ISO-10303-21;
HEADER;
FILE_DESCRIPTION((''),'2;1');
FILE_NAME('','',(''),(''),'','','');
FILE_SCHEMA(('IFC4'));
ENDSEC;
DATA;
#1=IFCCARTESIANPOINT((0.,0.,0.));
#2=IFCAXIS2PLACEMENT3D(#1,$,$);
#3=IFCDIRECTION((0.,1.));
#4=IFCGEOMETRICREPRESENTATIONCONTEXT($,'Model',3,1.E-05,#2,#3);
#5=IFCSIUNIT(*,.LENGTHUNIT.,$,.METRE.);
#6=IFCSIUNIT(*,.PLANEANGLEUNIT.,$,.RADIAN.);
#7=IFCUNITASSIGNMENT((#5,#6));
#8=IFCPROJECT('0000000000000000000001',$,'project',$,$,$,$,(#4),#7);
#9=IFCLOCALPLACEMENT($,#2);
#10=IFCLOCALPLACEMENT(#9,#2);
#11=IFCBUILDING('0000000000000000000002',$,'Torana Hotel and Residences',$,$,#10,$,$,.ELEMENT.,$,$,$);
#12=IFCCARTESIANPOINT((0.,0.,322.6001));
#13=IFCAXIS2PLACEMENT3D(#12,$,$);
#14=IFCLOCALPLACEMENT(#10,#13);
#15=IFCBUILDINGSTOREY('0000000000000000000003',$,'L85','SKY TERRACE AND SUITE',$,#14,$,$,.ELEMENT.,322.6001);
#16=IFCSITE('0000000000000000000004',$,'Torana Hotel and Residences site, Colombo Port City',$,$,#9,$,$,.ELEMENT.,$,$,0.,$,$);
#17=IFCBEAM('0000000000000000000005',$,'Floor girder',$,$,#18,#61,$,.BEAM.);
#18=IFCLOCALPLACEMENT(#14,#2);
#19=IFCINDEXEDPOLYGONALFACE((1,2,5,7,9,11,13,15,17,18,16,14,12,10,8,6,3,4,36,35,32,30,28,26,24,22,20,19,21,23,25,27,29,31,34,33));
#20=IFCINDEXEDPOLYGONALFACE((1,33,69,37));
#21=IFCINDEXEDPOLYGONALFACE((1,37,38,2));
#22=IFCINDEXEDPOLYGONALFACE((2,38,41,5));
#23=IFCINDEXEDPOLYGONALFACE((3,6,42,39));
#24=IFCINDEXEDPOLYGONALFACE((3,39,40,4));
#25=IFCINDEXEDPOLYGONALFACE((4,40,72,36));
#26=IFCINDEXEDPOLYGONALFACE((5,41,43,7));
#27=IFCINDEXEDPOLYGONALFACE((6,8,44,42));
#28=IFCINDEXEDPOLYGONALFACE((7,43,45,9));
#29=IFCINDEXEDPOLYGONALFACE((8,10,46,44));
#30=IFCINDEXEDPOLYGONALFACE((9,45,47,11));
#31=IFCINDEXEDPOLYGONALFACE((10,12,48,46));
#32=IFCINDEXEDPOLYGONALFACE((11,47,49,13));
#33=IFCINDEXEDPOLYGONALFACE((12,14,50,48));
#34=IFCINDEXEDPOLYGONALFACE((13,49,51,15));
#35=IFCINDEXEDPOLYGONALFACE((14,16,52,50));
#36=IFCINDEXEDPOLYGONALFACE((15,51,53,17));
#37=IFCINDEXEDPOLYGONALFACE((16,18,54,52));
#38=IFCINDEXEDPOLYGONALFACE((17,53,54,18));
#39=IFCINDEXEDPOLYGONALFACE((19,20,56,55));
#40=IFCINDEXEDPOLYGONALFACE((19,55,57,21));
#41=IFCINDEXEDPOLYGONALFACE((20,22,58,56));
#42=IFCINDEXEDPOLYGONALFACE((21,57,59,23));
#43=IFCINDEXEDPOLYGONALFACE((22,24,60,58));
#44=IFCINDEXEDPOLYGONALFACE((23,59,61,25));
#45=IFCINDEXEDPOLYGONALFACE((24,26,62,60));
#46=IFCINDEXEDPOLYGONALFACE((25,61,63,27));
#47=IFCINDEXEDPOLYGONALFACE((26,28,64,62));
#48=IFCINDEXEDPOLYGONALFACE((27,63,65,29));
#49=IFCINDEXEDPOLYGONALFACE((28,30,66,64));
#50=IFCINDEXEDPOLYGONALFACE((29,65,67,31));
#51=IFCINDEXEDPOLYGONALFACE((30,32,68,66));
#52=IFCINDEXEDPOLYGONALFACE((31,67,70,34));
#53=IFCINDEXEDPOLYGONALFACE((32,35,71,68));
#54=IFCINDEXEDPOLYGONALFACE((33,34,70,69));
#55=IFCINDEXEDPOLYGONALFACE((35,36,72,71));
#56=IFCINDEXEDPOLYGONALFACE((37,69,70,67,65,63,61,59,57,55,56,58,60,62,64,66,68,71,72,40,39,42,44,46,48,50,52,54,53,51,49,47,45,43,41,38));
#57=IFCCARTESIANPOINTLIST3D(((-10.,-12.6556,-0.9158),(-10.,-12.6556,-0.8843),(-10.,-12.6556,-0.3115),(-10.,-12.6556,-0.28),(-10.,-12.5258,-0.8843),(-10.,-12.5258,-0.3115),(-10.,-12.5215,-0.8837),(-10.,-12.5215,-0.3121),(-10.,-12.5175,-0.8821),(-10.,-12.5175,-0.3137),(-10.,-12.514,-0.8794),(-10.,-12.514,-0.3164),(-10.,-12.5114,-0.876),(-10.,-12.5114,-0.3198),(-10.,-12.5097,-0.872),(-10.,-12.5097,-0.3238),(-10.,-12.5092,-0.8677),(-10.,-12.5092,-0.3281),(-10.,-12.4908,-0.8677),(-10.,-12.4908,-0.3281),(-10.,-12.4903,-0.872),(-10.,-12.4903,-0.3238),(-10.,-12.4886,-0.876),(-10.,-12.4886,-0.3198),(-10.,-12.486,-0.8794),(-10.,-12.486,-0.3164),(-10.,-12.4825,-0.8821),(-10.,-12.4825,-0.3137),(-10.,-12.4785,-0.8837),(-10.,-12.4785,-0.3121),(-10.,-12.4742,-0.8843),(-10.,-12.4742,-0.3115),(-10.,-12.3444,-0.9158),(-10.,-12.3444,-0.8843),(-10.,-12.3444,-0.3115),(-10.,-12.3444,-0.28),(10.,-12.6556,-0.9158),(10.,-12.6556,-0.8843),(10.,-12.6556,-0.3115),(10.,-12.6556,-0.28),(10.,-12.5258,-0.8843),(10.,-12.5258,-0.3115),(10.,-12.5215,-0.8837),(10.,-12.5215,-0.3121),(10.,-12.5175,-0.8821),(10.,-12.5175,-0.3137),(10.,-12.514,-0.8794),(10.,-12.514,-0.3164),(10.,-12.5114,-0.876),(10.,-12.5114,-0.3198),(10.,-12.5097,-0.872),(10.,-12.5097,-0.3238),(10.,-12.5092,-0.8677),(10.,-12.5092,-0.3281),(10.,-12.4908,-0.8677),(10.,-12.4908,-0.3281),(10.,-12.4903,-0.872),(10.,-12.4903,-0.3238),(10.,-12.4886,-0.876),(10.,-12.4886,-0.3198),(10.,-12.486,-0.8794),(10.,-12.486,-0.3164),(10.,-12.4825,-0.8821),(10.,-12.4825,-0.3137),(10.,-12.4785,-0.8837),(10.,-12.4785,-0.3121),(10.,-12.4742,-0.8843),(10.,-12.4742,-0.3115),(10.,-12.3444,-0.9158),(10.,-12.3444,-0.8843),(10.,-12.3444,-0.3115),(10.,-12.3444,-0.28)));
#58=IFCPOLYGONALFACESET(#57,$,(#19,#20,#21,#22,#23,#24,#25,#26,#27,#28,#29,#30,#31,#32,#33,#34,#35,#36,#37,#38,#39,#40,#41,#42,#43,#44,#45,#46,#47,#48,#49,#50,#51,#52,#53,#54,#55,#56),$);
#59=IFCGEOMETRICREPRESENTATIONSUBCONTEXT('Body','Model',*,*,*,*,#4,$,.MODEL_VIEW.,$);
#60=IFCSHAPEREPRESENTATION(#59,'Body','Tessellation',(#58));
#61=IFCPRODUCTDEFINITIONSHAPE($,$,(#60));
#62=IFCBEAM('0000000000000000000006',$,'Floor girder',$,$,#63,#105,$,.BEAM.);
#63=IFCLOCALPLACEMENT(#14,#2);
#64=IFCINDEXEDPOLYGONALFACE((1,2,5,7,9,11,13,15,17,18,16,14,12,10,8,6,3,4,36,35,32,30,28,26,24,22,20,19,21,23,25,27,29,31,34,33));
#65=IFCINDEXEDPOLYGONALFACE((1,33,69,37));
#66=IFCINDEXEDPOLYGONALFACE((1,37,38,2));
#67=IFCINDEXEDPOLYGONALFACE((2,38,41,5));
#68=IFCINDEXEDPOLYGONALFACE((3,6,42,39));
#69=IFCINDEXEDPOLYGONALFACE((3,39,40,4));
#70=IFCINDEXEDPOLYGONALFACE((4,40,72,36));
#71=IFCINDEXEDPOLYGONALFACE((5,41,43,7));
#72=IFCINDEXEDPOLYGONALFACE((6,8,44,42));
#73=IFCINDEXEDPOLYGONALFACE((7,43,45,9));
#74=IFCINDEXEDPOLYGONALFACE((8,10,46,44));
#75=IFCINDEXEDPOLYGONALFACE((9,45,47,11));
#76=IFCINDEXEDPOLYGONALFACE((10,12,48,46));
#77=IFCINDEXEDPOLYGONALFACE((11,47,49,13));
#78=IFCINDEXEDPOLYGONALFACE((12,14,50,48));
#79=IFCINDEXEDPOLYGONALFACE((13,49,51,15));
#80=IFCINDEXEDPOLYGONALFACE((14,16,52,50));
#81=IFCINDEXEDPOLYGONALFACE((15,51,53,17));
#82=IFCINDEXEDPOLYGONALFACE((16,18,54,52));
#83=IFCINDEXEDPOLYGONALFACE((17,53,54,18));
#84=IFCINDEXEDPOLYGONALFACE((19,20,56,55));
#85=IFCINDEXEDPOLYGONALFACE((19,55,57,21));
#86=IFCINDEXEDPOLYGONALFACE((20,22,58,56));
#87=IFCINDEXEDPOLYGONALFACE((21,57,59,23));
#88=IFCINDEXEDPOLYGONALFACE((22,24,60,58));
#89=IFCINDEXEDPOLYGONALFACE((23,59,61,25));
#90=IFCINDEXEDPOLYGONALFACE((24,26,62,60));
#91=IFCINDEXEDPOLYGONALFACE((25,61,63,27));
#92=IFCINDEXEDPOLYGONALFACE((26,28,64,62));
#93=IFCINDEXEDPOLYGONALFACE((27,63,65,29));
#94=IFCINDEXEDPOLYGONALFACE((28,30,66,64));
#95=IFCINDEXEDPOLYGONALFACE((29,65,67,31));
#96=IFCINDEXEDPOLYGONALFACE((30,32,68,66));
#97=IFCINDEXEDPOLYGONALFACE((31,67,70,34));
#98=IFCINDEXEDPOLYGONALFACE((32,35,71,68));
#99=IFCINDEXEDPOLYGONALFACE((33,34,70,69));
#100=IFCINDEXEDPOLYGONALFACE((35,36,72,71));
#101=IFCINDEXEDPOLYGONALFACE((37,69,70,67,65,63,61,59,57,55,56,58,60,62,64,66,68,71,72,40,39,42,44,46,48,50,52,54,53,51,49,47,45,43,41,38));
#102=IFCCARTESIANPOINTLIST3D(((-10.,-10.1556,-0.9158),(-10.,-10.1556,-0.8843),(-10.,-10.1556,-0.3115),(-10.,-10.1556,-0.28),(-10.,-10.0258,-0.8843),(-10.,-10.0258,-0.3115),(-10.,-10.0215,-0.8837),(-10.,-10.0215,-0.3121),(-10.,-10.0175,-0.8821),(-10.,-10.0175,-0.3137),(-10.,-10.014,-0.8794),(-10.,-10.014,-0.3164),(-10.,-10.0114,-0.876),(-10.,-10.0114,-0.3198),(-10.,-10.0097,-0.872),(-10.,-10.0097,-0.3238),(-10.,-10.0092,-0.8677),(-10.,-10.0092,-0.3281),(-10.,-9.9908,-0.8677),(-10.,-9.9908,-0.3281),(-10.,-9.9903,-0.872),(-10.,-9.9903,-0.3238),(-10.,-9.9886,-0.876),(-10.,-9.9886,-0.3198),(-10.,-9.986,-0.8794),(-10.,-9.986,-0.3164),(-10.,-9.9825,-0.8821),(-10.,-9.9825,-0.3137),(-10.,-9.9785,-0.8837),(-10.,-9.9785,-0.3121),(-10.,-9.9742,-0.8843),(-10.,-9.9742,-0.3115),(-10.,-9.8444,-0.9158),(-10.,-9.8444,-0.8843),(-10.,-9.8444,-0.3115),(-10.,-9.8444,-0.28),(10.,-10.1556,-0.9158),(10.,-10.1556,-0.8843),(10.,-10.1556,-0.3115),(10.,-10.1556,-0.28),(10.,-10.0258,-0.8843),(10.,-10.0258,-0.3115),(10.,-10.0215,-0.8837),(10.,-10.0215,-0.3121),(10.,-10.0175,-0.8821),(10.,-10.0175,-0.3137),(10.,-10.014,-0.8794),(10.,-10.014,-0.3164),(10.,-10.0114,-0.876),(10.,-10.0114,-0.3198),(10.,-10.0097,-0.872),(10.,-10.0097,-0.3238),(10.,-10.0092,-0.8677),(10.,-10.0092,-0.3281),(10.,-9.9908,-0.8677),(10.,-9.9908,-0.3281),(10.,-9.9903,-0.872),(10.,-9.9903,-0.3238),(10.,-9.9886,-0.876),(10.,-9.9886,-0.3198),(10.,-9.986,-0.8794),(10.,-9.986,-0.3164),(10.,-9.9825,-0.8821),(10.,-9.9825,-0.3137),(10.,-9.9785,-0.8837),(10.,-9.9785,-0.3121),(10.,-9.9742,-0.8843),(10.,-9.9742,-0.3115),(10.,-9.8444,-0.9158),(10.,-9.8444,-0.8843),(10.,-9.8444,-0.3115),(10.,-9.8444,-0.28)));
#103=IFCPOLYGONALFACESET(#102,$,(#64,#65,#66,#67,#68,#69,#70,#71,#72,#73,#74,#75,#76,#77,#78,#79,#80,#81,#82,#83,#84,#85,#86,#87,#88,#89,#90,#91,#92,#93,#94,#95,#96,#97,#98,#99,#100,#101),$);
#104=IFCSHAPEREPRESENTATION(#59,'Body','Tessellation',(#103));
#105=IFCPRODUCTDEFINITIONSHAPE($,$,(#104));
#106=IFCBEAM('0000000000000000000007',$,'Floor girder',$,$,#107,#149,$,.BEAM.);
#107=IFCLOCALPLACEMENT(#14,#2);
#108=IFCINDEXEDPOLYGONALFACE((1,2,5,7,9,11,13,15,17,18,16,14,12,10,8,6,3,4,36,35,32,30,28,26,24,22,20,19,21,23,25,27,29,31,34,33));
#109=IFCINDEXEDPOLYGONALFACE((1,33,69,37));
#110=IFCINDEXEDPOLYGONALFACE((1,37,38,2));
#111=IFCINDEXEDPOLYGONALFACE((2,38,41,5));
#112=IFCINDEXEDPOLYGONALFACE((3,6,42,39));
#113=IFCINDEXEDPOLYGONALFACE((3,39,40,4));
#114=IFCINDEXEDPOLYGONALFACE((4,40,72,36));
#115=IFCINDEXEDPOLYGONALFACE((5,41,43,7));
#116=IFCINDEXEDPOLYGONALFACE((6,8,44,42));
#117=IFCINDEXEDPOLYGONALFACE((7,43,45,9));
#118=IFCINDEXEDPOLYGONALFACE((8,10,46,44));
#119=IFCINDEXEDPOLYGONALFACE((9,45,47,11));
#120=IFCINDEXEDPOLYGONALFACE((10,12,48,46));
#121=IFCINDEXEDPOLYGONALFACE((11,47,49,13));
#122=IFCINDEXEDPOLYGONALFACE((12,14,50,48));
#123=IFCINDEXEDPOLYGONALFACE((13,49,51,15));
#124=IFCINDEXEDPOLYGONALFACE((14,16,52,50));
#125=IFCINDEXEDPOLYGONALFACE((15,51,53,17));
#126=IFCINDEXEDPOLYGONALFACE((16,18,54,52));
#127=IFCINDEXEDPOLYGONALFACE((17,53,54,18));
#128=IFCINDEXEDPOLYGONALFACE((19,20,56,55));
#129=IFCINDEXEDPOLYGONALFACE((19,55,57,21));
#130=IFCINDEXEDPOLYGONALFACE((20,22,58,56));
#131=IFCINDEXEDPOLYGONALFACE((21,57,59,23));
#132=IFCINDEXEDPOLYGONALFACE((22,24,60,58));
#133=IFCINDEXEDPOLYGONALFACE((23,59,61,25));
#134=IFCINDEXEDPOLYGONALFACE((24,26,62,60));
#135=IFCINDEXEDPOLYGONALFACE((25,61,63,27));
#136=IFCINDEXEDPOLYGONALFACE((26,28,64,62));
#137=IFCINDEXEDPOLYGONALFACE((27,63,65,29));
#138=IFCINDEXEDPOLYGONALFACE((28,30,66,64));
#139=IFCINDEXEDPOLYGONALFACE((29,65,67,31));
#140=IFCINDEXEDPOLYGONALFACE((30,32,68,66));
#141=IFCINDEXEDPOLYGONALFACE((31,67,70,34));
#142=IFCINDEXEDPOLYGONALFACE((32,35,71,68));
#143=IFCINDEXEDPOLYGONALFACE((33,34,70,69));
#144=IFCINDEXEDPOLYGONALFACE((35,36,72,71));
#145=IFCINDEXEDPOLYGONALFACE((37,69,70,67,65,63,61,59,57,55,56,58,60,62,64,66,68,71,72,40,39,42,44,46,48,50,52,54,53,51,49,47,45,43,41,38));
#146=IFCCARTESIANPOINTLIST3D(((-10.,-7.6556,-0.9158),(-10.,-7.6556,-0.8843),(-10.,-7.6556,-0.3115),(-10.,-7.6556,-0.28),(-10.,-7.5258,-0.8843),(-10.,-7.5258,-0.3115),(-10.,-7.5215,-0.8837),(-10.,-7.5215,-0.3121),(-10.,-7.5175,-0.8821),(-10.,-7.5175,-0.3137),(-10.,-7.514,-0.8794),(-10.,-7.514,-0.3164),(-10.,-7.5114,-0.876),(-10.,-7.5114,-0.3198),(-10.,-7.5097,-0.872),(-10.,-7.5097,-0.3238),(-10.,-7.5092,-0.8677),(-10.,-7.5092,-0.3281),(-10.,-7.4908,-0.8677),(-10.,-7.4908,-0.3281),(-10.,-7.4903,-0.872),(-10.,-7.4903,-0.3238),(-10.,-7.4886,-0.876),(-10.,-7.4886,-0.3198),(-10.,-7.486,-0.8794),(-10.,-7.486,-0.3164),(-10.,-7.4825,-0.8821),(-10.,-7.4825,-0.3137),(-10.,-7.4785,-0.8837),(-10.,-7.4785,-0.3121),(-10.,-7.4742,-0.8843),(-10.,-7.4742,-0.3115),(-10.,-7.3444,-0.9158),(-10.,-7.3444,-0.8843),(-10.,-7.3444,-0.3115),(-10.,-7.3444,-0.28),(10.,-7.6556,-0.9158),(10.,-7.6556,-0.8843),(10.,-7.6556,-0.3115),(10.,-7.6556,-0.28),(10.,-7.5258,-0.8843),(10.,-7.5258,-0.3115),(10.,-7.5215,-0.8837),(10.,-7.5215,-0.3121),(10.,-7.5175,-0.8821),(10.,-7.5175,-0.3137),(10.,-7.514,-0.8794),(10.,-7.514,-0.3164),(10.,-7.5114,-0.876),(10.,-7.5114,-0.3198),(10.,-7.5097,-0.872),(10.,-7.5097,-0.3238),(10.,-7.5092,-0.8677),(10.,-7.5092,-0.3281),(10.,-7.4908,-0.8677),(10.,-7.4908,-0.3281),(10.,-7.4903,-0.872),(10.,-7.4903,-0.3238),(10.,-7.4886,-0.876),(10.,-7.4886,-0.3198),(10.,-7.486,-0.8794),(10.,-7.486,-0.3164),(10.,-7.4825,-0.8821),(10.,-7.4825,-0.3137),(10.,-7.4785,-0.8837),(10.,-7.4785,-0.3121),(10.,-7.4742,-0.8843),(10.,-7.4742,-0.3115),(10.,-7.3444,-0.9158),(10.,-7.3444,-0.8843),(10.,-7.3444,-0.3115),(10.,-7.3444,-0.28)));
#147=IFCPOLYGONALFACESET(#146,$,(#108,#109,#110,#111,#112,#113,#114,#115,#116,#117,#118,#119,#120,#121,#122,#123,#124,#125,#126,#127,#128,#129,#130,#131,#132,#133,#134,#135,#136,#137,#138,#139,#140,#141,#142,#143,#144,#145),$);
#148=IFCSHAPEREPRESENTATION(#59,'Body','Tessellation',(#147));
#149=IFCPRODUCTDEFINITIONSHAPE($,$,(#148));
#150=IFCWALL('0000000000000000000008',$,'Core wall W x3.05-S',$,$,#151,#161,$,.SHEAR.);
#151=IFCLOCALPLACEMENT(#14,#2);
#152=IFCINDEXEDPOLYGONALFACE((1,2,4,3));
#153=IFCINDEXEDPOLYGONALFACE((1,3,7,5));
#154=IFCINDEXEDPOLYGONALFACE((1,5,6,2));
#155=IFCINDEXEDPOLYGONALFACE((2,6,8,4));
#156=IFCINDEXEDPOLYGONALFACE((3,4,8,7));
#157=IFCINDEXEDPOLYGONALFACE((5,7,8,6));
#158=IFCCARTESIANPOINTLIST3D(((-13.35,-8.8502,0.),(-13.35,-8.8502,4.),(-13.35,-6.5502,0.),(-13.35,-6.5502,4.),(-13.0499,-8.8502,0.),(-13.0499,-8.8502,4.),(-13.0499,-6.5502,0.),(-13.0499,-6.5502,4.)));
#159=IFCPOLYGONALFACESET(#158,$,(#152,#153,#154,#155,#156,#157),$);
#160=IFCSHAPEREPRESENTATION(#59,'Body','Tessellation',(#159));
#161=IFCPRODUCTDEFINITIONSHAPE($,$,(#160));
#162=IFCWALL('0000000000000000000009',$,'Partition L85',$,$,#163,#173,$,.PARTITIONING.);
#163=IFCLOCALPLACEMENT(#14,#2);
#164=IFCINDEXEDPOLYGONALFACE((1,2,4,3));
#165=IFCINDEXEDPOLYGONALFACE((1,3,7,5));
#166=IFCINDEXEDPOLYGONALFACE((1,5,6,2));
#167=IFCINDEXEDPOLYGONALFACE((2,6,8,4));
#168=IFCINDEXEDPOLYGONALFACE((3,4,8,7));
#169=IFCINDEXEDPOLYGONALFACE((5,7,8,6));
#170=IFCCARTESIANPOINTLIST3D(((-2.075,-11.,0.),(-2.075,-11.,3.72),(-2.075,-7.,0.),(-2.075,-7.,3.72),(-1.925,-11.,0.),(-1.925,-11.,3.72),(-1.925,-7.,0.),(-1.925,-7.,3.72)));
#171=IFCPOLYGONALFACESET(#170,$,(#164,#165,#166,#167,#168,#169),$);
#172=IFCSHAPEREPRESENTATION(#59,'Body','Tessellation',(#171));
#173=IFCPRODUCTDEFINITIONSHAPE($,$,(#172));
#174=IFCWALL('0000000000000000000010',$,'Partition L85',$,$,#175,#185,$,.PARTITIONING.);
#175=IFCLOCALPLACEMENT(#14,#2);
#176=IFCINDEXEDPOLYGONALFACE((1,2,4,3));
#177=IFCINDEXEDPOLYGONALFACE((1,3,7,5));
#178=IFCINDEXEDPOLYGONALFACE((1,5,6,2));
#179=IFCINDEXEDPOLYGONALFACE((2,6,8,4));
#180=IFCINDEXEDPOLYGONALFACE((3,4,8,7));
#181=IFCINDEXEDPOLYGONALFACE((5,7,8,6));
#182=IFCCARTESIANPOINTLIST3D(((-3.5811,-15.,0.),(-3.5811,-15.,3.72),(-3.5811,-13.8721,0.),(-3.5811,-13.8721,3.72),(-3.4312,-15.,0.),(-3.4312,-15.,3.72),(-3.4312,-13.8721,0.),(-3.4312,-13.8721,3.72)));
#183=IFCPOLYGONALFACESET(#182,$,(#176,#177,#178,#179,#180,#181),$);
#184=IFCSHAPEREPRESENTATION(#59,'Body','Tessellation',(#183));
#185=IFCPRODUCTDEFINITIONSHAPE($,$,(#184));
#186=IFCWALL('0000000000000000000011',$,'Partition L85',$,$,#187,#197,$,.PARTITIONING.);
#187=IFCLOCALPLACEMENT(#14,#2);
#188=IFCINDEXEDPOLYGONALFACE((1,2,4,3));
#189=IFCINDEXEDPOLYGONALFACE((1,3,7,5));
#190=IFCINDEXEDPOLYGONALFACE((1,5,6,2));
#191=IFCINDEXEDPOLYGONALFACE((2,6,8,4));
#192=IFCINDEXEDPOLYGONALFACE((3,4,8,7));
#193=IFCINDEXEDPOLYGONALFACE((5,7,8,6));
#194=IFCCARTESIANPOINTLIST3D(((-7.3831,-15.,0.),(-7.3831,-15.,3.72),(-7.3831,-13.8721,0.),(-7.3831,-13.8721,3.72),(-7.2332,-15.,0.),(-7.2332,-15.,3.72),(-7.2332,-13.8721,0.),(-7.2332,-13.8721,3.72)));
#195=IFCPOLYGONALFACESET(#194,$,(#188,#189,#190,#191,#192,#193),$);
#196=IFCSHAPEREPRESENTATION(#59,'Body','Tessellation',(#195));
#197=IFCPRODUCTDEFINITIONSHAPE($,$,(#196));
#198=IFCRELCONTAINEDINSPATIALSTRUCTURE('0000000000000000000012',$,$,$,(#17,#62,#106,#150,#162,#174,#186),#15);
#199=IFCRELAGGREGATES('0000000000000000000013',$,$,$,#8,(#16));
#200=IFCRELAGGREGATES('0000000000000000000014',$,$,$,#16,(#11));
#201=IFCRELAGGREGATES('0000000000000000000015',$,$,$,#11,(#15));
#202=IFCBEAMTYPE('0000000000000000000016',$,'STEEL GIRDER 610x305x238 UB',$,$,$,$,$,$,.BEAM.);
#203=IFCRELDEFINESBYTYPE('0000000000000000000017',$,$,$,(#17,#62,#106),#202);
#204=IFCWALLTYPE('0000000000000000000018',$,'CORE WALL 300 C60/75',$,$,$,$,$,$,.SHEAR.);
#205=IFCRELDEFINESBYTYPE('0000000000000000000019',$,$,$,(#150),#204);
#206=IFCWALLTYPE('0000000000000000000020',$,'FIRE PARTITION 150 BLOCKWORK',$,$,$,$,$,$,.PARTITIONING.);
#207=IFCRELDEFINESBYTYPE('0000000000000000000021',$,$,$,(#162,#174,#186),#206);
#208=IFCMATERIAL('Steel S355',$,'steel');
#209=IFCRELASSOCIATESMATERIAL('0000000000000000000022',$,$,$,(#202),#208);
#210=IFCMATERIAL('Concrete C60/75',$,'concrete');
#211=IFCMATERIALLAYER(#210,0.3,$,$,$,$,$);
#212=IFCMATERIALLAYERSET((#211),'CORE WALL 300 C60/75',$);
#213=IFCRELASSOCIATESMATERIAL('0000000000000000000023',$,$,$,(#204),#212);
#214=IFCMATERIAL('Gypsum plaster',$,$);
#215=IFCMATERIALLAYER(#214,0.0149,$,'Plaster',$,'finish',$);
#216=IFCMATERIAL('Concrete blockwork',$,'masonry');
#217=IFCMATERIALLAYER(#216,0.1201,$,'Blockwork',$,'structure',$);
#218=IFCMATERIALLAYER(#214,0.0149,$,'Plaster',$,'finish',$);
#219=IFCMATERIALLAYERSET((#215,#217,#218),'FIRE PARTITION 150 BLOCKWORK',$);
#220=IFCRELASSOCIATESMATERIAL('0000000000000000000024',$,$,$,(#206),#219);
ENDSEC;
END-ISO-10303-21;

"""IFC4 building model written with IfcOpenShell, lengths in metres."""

from ifc_helpers import new_model, si_unit, direction, frame, frame_2d, origin, origin_2d, place, context, subcontext, project, spatial, rectangle, i_section, extrude, material, layer, layer_set, material_profile, profile_set, type_object, element, save


model = new_model("IFC4")

# Units and contexts
model_context = context("Model", 3, precision=1e-05, world=origin(), true_north=direction((0.0, 1.0)))
body_context = subcontext(model_context, "Body", "Model", "MODEL_VIEW")
ifc_project = project(units=[si_unit("LENGTHUNIT", "METRE"), si_unit("PLANEANGLEUNIT", "RADIAN")], contexts=[model_context])

# Site, building, storey
site_placement = place(None, origin())
site = spatial("IfcSite", under=ifc_project, at=site_placement, Name="Torana Hotel and Residences site, Colombo Port City", CompositionType="ELEMENT", RefElevation=0.0)
building_placement = place(site_placement, origin())
building = spatial("IfcBuilding", under=site, at=building_placement, Name="Torana Hotel and Residences", CompositionType="ELEMENT")
storey_placement = place(building_placement, frame((0.0, 0.0, 322.6001)))
storey = spatial("IfcBuildingStorey", under=building, at=storey_placement, Name="L85", Description="SKY TERRACE AND SUITE", CompositionType="ELEMENT", Elevation=322.6001)

# Beams
ifc_material_1 = material(Name="Steel S355", Category="steel")
ifc_material_profile = material_profile(ifc_material_1, i_section(OverallWidth=0.3113, OverallDepth=0.6357, WebThickness=0.0183, FlangeThickness=0.0315, FilletRadius=0.0166, at=origin_2d()), Name="610x305x238 UB")
ifc_profile_set = profile_set([ifc_material_profile], Name="Steel S355")
beam_type = type_object("IfcBeamType", Name="STEEL GIRDER 610x305x238 UB", PredefinedType="BEAM", material=ifc_profile_set)
for number, where, z_axis, x_axis, name in (
    (1, (-10.0, -12.5, -0.5979), (1.0, 0.0, 0.0), (0.0, 1.0, 0.0), "Floor girder"),
    (2, (-10.0, -10.0, -0.5979), (1.0, 0.0, 0.0), (0.0, 1.0, 0.0), "Floor girder"),
    (3, (-10.0, -7.5, -0.5979), (1.0, 0.0, 0.0), (0.0, 1.0, 0.0), "Floor girder"),
):
    element("IfcBeam", number, at=place(storey_placement, frame(where, z_axis=z_axis, x_axis=x_axis)), inside=storey, type_object=beam_type, Name=name, PredefinedType="BEAM", context=body_context, shape_type="SweptSolid", body=[
        extrude(i_section(OverallWidth=0.3113, OverallDepth=0.6357, WebThickness=0.0183, FlangeThickness=0.0315, FilletRadius=0.0166, at=origin_2d()), origin(), (0.0, 0.0, 1.0), 20.0),
    ])

# Wall
ifc_material_2 = material(Name="Concrete C60/75", Category="concrete")
ifc_layer_1 = layer(ifc_material_2, 0.3)
ifc_layer_set_1 = layer_set([ifc_layer_1], Name="CORE WALL 300 C60/75")
wall_type_1 = type_object("IfcWallType", Name="CORE WALL 300 C60/75", PredefinedType="SHEAR", material=ifc_layer_set_1)
wall_1_placement = place(storey_placement, frame((-13.2, -8.8501, 0.0), z_axis=(0.0, 0.0, 1.0), x_axis=(0.0, 1.0, 0.0)))
element("IfcWall", 4, at=wall_1_placement, inside=storey, type_object=wall_type_1, Name="Core wall W x3.05-S", PredefinedType="SHEAR", context=body_context, shape_type="SweptSolid", body=[
    extrude(rectangle(XDim=2.3, YDim=0.3, at=frame_2d((1.1499, 0.0))), origin(), (0.0, 0.0, 1.0), 4.0),
])

# Walls
ifc_material_3 = material(Name="Gypsum plaster")
ifc_layer_2 = layer(ifc_material_3, 0.0149, Name="Plaster", Category="finish")
ifc_material_4 = material(Name="Concrete blockwork", Category="masonry")
ifc_layer_3 = layer(ifc_material_4, 0.1201, Name="Blockwork", Category="structure")
ifc_layer_4 = layer(ifc_material_3, 0.0149, Name="Plaster", Category="finish")
ifc_layer_set_2 = layer_set([ifc_layer_2, ifc_layer_3, ifc_layer_4], Name="FIRE PARTITION 150 BLOCKWORK")
wall_type_2 = type_object("IfcWallType", Name="FIRE PARTITION 150 BLOCKWORK", PredefinedType="PARTITIONING", material=ifc_layer_set_2)
wall_2_placement = place(storey_placement, frame((-2.0, -11.0, 0.0), z_axis=(0.0, 0.0, 1.0), x_axis=(0.0, 1.0, 0.0)))
element("IfcWall", 5, at=wall_2_placement, inside=storey, type_object=wall_type_2, Name="Partition L85", PredefinedType="PARTITIONING", context=body_context, shape_type="SweptSolid", body=[
    extrude(rectangle(XDim=4.0, YDim=0.1499, at=frame_2d((2.0, 0.0))), origin(), (0.0, 0.0, 1.0), 3.72),
])
for number, where, z_axis, x_axis, name in (
    (6, (-3.5061, -15.0, 0.0), (0.0, 0.0, 1.0), (0.0, 1.0, 0.0), "Partition L85"),
    (7, (-7.3081, -15.0, 0.0), (0.0, 0.0, 1.0), (0.0, 1.0, 0.0), "Partition L85"),
):
    element("IfcWall", number, at=place(storey_placement, frame(where, z_axis=z_axis, x_axis=x_axis)), inside=storey, type_object=wall_type_2, Name=name, PredefinedType="PARTITIONING", context=body_context, shape_type="SweptSolid", body=[
        extrude(rectangle(XDim=1.1279, YDim=0.1499, at=frame_2d((0.564, 0.0))), origin(), (0.0, 0.0, 1.0), 3.72),
    ])

save(model, "model.ifc")
